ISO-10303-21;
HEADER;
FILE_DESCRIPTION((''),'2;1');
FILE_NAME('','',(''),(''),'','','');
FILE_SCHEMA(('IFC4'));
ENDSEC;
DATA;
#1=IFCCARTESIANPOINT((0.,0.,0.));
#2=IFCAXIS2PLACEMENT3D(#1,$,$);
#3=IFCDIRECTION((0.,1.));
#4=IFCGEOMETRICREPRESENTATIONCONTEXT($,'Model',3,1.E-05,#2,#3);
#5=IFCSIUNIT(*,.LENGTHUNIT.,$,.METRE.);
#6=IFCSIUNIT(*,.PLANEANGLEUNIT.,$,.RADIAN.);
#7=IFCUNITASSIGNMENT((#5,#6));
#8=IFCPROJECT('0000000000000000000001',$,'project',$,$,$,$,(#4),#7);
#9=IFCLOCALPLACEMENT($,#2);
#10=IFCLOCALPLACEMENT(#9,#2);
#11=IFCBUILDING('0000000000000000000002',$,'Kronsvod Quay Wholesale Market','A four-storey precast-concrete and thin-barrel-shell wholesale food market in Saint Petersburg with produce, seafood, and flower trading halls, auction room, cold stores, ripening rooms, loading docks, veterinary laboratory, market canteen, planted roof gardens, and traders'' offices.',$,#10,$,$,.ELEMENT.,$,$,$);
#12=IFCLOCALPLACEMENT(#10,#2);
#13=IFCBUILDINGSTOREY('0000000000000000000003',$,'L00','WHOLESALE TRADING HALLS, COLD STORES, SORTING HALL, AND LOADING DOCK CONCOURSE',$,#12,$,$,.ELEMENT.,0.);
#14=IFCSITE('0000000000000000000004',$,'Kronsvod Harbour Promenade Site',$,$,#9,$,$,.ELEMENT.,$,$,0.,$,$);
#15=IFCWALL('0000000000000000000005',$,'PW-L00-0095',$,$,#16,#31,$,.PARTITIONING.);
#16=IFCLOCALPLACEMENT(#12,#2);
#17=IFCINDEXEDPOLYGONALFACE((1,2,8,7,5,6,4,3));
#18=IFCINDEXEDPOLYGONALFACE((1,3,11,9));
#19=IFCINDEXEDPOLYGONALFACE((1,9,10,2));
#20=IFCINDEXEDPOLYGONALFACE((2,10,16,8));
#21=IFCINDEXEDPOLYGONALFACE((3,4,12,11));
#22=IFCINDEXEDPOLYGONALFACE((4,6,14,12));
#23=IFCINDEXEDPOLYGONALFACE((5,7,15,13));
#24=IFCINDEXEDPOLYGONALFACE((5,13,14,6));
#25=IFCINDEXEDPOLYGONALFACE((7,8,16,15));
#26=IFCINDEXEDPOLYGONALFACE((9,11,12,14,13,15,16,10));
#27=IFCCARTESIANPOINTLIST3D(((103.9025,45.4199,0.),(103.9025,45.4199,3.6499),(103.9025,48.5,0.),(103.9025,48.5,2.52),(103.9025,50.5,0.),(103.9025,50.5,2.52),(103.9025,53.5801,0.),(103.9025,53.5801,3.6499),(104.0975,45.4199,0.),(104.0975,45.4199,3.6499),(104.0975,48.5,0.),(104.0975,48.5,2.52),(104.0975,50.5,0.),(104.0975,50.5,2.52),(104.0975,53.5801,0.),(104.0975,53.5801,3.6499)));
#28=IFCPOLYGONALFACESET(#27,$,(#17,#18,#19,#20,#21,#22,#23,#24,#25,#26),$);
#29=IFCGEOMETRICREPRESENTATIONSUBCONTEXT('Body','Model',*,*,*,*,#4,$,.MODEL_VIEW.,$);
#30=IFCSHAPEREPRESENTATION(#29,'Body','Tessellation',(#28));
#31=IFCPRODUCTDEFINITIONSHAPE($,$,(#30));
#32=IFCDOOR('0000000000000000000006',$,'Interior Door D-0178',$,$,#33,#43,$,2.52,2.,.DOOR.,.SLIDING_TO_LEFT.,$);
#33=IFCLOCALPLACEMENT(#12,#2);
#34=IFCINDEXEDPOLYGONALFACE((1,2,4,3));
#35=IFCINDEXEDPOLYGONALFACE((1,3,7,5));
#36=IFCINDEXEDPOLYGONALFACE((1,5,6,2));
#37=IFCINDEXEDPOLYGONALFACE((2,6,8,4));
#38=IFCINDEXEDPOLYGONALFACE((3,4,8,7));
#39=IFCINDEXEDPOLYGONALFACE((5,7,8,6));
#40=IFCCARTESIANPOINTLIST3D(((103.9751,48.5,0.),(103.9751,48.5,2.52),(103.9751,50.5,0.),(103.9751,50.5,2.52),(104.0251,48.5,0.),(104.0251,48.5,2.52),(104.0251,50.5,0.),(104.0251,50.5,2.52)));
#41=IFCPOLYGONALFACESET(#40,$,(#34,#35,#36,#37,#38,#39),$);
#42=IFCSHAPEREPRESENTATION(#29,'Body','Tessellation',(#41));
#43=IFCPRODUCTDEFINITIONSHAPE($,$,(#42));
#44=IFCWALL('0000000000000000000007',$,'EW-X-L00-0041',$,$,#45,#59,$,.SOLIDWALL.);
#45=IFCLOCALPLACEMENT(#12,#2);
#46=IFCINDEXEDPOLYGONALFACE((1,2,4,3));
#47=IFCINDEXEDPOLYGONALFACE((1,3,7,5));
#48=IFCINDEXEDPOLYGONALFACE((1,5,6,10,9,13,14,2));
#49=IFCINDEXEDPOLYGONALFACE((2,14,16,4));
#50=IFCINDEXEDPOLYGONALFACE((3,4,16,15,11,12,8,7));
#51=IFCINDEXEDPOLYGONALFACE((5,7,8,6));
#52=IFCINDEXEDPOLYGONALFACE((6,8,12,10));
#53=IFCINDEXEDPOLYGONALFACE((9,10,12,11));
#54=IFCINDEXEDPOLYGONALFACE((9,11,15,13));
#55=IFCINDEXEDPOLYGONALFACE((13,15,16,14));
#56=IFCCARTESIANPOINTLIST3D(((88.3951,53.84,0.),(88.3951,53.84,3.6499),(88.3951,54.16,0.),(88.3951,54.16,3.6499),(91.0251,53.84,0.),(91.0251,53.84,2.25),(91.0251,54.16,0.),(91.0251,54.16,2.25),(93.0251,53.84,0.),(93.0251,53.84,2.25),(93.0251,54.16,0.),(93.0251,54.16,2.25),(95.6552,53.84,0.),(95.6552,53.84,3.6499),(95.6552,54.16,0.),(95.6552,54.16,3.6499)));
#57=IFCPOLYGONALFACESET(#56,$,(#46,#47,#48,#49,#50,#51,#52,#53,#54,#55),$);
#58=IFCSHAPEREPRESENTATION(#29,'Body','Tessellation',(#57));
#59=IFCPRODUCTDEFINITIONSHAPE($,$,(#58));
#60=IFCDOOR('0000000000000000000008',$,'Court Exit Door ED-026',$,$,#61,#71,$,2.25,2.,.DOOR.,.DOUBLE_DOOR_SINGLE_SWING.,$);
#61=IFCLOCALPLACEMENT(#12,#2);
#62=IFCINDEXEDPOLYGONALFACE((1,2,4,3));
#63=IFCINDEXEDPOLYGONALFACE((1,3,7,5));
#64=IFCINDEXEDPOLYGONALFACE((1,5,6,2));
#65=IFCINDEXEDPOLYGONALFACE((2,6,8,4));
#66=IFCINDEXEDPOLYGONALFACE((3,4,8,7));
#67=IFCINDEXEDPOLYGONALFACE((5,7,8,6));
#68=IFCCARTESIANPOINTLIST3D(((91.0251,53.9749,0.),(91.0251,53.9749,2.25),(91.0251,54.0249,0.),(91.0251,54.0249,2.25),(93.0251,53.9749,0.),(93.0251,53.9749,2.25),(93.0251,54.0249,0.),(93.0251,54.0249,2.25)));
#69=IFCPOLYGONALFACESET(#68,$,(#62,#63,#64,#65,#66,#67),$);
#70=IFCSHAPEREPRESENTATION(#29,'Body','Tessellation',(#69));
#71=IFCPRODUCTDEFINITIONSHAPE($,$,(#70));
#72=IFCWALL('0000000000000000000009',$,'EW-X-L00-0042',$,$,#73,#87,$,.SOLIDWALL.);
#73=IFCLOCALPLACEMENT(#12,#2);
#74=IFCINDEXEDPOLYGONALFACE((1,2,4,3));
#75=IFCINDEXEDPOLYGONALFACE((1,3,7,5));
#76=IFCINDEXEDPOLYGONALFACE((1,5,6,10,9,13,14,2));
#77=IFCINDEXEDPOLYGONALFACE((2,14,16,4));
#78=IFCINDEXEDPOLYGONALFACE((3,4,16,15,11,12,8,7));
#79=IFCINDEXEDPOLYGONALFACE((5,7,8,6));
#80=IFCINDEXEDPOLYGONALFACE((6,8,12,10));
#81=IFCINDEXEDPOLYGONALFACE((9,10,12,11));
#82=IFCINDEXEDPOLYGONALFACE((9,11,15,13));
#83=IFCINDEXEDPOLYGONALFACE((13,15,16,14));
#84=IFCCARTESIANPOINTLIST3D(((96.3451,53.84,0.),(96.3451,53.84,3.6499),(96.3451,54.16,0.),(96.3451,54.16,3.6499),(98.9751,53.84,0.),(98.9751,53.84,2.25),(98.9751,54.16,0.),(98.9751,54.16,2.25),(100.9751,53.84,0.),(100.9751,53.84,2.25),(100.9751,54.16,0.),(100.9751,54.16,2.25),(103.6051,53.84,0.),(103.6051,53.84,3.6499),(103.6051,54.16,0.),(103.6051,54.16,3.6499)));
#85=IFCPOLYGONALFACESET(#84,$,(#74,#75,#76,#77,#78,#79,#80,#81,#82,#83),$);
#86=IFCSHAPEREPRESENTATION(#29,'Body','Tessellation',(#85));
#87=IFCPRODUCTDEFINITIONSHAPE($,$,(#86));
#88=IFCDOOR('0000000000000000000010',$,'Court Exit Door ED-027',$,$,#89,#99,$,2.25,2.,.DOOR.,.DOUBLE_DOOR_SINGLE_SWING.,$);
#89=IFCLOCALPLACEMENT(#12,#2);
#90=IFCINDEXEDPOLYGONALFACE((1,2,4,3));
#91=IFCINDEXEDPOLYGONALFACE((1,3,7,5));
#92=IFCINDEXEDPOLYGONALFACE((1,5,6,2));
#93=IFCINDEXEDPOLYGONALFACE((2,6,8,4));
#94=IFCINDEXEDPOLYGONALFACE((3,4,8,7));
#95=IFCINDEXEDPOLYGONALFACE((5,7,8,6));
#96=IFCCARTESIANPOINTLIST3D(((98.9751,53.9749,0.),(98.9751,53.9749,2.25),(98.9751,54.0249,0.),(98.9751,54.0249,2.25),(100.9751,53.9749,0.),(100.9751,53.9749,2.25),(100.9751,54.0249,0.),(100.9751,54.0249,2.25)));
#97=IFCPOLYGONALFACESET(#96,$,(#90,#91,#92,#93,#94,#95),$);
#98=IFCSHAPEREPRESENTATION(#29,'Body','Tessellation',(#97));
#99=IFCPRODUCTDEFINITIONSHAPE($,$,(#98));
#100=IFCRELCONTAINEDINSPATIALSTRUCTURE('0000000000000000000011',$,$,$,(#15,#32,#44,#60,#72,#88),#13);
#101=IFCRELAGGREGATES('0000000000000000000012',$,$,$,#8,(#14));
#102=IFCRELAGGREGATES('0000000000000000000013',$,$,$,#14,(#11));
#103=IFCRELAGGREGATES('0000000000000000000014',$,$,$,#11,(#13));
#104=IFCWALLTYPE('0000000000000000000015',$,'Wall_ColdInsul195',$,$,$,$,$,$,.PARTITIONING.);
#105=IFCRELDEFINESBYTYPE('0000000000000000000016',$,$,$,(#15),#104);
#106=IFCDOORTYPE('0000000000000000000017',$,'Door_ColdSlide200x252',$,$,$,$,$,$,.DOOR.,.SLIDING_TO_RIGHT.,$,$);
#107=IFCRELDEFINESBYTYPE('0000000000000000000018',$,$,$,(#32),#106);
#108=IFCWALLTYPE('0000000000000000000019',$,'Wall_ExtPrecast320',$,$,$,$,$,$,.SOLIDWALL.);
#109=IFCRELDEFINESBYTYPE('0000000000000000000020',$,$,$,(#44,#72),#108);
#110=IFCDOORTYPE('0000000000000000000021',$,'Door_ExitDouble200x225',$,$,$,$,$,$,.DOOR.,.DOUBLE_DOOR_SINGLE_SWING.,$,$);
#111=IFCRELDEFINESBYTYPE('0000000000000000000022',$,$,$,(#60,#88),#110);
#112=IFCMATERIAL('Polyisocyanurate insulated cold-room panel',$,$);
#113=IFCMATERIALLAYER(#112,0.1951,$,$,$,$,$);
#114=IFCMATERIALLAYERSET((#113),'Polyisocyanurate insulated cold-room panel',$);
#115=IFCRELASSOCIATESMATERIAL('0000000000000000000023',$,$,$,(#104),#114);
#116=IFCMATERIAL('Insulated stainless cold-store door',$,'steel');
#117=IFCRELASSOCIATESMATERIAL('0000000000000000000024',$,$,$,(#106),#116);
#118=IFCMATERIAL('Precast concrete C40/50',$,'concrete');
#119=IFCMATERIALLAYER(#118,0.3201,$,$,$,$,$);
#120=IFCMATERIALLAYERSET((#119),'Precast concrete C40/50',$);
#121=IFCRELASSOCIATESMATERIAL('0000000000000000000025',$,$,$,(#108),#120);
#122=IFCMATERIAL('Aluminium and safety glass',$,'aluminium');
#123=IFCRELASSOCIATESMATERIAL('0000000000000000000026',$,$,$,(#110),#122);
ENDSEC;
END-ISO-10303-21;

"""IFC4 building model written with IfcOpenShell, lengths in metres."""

from ifc_helpers import new_model, si_unit, direction, frame, frame_2d, origin, place, context, subcontext, project, spatial, rectangle, extrude, material, layer, layer_set, type_object, element, fill, save


model = new_model("IFC4")

# Units and contexts
model_context = context("Model", 3, precision=1e-05, world=origin(), true_north=direction((0.0, 1.0)))
body_context = subcontext(model_context, "Body", "Model", "MODEL_VIEW")
ifc_project = project(units=[si_unit("LENGTHUNIT", "METRE"), si_unit("PLANEANGLEUNIT", "RADIAN")], contexts=[model_context])

# Site, building, storey
site_placement = place(None, origin())
site = spatial("IfcSite", under=ifc_project, at=site_placement, Name="Kronsvod Harbour Promenade Site", CompositionType="ELEMENT", RefElevation=0.0)
building_placement = place(site_placement, origin())
building = spatial("IfcBuilding", under=site, at=building_placement, Name="Kronsvod Quay Wholesale Market", Description="A four-storey precast-concrete and thin-barrel-shell wholesale food market in Saint Petersburg with produce, seafood, and flower trading halls, auction room, cold stores, ripening rooms, loading docks, veterinary laboratory, market canteen, planted roof gardens, and traders' offices.", CompositionType="ELEMENT")
storey_placement = place(building_placement, origin())
storey = spatial("IfcBuildingStorey", under=building, at=storey_placement, Name="L00", Description="WHOLESALE TRADING HALLS, COLD STORES, SORTING HALL, AND LOADING DOCK CONCOURSE", CompositionType="ELEMENT", Elevation=0.0)

# Walls, openings, doors
ifc_material_1 = material(Name="Polyisocyanurate insulated cold-room panel")
ifc_layer_1 = layer(ifc_material_1, 0.1951)
ifc_layer_set_1 = layer_set([ifc_layer_1], Name="Polyisocyanurate insulated cold-room panel")
wall_type_1 = type_object("IfcWallType", Name="Wall_ColdInsul195", PredefinedType="PARTITIONING", material=ifc_layer_set_1)
wall_1_placement = place(storey_placement, frame((104.0, 45.4199, 0.0), z_axis=(0.0, 0.0, 1.0), x_axis=(0.0, 1.0, 0.0)))
wall_1 = element("IfcWall", 1, at=wall_1_placement, inside=storey, type_object=wall_type_1, Name="PW-L00-0095", PredefinedType="PARTITIONING", context=body_context, shape_type="SweptSolid", body=[
    extrude(rectangle(XDim=8.1602, YDim=0.1951, at=frame_2d((4.0801, 0.0))), origin(), (0.0, 0.0, 1.0), 3.6499),
])
opening_1_placement = place(wall_1_placement, frame((3.0801, 0.0, 0.0)))
opening_1 = element("IfcOpeningElement", 2, at=opening_1_placement, cuts=wall_1, PredefinedType="OPENING", context=body_context, shape_type="SweptSolid", body=[
    extrude(rectangle(XDim=2.0, YDim=2.52, at=frame_2d((1.0, 1.26))), frame((0.0, 0.1074, 0.0), z_axis=(0.0, -1.0, 0.0), x_axis=(1.0, 0.0, 0.0)), (0.0, 0.0, 1.0), 0.2151),
])
ifc_material_2 = material(Name="Insulated stainless cold-store door", Category="steel")
door_type_1 = type_object("IfcDoorType", Name="Door_ColdSlide200x252", OperationType="SLIDING_TO_RIGHT", PredefinedType="DOOR", material=ifc_material_2)
door_1_placement = place(opening_1_placement, origin())
door_1 = element("IfcDoor", 3, at=door_1_placement, inside=storey, type_object=door_type_1, Name="Interior Door D-0178", OperationType="SLIDING_TO_LEFT", OverallHeight=2.52, OverallWidth=2.0, PredefinedType="DOOR", context=body_context, shape_type="SweptSolid", body=[
    extrude(rectangle(XDim=2.0, YDim=2.52, at=frame_2d((1.0, 1.26))), frame((0.0, 0.0249, 0.0), z_axis=(0.0, -1.0, 0.0), x_axis=(1.0, 0.0, 0.0)), (0.0, 0.0, 1.0), 0.05),
])
fill(opening_1, door_1)
ifc_material_3 = material(Name="Precast concrete C40/50", Category="concrete")
ifc_layer_2 = layer(ifc_material_3, 0.3201)
ifc_layer_set_2 = layer_set([ifc_layer_2], Name="Precast concrete C40/50")
wall_type_2 = type_object("IfcWallType", Name="Wall_ExtPrecast320", PredefinedType="SOLIDWALL", material=ifc_layer_set_2)
wall_2_placement = place(storey_placement, frame((95.655, 54.0, 0.0), z_axis=(0.0, 0.0, 1.0), x_axis=(-1.0, 0.0, 0.0)))
wall_2 = element("IfcWall", 4, at=wall_2_placement, inside=storey, type_object=wall_type_2, Name="EW-X-L00-0041", PredefinedType="SOLIDWALL", context=body_context, shape_type="SweptSolid", body=[
    extrude(rectangle(XDim=7.26, YDim=0.3201, at=frame_2d((3.6299, 0.0))), origin(), (0.0, 0.0, 1.0), 3.6499),
])
opening_2_placement = place(wall_2_placement, frame((2.6299, 0.0, 0.0)))
opening_2 = element("IfcOpeningElement", 5, at=opening_2_placement, cuts=wall_2, PredefinedType="OPENING", context=body_context, shape_type="SweptSolid", body=[
    extrude(rectangle(XDim=2.0, YDim=2.25, at=frame_2d((1.0, 1.125))), frame((0.0, 0.1699, 0.0), z_axis=(0.0, -1.0, 0.0), x_axis=(1.0, 0.0, 0.0)), (0.0, 0.0, 1.0), 0.3401),
])
ifc_material_4 = material(Name="Aluminium and safety glass", Category="aluminium")
door_type_2 = type_object("IfcDoorType", Name="Door_ExitDouble200x225", OperationType="DOUBLE_DOOR_SINGLE_SWING", PredefinedType="DOOR", material=ifc_material_4)
door_2_placement = place(opening_2_placement, frame((2.0, 0.0, 0.0), z_axis=(0.0, 0.0, 1.0), x_axis=(-1.0, 0.0, 0.0)))
door_2 = element("IfcDoor", 6, at=door_2_placement, inside=storey, type_object=door_type_2, Name="Court Exit Door ED-026", OperationType="DOUBLE_DOOR_SINGLE_SWING", OverallHeight=2.25, OverallWidth=2.0, PredefinedType="DOOR", context=body_context, shape_type="SweptSolid", body=[
    extrude(rectangle(XDim=2.0, YDim=2.25, at=frame_2d((1.0, 1.125))), frame((0.0, 0.0249, 0.0), z_axis=(0.0, -1.0, 0.0), x_axis=(1.0, 0.0, 0.0)), (0.0, 0.0, 1.0), 0.05),
])
fill(opening_2, door_2)
wall_3_placement = place(storey_placement, frame((103.605, 54.0, 0.0), z_axis=(0.0, 0.0, 1.0), x_axis=(-1.0, 0.0, 0.0)))
wall_3 = element("IfcWall", 7, at=wall_3_placement, inside=storey, type_object=wall_type_2, Name="EW-X-L00-0042", PredefinedType="SOLIDWALL", context=body_context, shape_type="SweptSolid", body=[
    extrude(rectangle(XDim=7.26, YDim=0.3201, at=frame_2d((3.6299, 0.0))), origin(), (0.0, 0.0, 1.0), 3.6499),
])
opening_3_placement = place(wall_3_placement, frame((2.6299, 0.0, 0.0)))
opening_3 = element("IfcOpeningElement", 8, at=opening_3_placement, cuts=wall_3, PredefinedType="OPENING", context=body_context, shape_type="SweptSolid", body=[
    extrude(rectangle(XDim=2.0, YDim=2.25, at=frame_2d((1.0, 1.125))), frame((0.0, 0.1699, 0.0), z_axis=(0.0, -1.0, 0.0), x_axis=(1.0, 0.0, 0.0)), (0.0, 0.0, 1.0), 0.3401),
])
door_3_placement = place(opening_3_placement, frame((2.0, 0.0, 0.0), z_axis=(0.0, 0.0, 1.0), x_axis=(-1.0, 0.0, 0.0)))
door_3 = element("IfcDoor", 9, at=door_3_placement, inside=storey, type_object=door_type_2, Name="Court Exit Door ED-027", OperationType="DOUBLE_DOOR_SINGLE_SWING", OverallHeight=2.25, OverallWidth=2.0, PredefinedType="DOOR", context=body_context, shape_type="SweptSolid", body=[
    extrude(rectangle(XDim=2.0, YDim=2.25, at=frame_2d((1.0, 1.125))), frame((0.0, 0.0249, 0.0), z_axis=(0.0, -1.0, 0.0), x_axis=(1.0, 0.0, 0.0)), (0.0, 0.0, 1.0), 0.05),
])
fill(opening_3, door_3)

save(model, "model.ifc")
